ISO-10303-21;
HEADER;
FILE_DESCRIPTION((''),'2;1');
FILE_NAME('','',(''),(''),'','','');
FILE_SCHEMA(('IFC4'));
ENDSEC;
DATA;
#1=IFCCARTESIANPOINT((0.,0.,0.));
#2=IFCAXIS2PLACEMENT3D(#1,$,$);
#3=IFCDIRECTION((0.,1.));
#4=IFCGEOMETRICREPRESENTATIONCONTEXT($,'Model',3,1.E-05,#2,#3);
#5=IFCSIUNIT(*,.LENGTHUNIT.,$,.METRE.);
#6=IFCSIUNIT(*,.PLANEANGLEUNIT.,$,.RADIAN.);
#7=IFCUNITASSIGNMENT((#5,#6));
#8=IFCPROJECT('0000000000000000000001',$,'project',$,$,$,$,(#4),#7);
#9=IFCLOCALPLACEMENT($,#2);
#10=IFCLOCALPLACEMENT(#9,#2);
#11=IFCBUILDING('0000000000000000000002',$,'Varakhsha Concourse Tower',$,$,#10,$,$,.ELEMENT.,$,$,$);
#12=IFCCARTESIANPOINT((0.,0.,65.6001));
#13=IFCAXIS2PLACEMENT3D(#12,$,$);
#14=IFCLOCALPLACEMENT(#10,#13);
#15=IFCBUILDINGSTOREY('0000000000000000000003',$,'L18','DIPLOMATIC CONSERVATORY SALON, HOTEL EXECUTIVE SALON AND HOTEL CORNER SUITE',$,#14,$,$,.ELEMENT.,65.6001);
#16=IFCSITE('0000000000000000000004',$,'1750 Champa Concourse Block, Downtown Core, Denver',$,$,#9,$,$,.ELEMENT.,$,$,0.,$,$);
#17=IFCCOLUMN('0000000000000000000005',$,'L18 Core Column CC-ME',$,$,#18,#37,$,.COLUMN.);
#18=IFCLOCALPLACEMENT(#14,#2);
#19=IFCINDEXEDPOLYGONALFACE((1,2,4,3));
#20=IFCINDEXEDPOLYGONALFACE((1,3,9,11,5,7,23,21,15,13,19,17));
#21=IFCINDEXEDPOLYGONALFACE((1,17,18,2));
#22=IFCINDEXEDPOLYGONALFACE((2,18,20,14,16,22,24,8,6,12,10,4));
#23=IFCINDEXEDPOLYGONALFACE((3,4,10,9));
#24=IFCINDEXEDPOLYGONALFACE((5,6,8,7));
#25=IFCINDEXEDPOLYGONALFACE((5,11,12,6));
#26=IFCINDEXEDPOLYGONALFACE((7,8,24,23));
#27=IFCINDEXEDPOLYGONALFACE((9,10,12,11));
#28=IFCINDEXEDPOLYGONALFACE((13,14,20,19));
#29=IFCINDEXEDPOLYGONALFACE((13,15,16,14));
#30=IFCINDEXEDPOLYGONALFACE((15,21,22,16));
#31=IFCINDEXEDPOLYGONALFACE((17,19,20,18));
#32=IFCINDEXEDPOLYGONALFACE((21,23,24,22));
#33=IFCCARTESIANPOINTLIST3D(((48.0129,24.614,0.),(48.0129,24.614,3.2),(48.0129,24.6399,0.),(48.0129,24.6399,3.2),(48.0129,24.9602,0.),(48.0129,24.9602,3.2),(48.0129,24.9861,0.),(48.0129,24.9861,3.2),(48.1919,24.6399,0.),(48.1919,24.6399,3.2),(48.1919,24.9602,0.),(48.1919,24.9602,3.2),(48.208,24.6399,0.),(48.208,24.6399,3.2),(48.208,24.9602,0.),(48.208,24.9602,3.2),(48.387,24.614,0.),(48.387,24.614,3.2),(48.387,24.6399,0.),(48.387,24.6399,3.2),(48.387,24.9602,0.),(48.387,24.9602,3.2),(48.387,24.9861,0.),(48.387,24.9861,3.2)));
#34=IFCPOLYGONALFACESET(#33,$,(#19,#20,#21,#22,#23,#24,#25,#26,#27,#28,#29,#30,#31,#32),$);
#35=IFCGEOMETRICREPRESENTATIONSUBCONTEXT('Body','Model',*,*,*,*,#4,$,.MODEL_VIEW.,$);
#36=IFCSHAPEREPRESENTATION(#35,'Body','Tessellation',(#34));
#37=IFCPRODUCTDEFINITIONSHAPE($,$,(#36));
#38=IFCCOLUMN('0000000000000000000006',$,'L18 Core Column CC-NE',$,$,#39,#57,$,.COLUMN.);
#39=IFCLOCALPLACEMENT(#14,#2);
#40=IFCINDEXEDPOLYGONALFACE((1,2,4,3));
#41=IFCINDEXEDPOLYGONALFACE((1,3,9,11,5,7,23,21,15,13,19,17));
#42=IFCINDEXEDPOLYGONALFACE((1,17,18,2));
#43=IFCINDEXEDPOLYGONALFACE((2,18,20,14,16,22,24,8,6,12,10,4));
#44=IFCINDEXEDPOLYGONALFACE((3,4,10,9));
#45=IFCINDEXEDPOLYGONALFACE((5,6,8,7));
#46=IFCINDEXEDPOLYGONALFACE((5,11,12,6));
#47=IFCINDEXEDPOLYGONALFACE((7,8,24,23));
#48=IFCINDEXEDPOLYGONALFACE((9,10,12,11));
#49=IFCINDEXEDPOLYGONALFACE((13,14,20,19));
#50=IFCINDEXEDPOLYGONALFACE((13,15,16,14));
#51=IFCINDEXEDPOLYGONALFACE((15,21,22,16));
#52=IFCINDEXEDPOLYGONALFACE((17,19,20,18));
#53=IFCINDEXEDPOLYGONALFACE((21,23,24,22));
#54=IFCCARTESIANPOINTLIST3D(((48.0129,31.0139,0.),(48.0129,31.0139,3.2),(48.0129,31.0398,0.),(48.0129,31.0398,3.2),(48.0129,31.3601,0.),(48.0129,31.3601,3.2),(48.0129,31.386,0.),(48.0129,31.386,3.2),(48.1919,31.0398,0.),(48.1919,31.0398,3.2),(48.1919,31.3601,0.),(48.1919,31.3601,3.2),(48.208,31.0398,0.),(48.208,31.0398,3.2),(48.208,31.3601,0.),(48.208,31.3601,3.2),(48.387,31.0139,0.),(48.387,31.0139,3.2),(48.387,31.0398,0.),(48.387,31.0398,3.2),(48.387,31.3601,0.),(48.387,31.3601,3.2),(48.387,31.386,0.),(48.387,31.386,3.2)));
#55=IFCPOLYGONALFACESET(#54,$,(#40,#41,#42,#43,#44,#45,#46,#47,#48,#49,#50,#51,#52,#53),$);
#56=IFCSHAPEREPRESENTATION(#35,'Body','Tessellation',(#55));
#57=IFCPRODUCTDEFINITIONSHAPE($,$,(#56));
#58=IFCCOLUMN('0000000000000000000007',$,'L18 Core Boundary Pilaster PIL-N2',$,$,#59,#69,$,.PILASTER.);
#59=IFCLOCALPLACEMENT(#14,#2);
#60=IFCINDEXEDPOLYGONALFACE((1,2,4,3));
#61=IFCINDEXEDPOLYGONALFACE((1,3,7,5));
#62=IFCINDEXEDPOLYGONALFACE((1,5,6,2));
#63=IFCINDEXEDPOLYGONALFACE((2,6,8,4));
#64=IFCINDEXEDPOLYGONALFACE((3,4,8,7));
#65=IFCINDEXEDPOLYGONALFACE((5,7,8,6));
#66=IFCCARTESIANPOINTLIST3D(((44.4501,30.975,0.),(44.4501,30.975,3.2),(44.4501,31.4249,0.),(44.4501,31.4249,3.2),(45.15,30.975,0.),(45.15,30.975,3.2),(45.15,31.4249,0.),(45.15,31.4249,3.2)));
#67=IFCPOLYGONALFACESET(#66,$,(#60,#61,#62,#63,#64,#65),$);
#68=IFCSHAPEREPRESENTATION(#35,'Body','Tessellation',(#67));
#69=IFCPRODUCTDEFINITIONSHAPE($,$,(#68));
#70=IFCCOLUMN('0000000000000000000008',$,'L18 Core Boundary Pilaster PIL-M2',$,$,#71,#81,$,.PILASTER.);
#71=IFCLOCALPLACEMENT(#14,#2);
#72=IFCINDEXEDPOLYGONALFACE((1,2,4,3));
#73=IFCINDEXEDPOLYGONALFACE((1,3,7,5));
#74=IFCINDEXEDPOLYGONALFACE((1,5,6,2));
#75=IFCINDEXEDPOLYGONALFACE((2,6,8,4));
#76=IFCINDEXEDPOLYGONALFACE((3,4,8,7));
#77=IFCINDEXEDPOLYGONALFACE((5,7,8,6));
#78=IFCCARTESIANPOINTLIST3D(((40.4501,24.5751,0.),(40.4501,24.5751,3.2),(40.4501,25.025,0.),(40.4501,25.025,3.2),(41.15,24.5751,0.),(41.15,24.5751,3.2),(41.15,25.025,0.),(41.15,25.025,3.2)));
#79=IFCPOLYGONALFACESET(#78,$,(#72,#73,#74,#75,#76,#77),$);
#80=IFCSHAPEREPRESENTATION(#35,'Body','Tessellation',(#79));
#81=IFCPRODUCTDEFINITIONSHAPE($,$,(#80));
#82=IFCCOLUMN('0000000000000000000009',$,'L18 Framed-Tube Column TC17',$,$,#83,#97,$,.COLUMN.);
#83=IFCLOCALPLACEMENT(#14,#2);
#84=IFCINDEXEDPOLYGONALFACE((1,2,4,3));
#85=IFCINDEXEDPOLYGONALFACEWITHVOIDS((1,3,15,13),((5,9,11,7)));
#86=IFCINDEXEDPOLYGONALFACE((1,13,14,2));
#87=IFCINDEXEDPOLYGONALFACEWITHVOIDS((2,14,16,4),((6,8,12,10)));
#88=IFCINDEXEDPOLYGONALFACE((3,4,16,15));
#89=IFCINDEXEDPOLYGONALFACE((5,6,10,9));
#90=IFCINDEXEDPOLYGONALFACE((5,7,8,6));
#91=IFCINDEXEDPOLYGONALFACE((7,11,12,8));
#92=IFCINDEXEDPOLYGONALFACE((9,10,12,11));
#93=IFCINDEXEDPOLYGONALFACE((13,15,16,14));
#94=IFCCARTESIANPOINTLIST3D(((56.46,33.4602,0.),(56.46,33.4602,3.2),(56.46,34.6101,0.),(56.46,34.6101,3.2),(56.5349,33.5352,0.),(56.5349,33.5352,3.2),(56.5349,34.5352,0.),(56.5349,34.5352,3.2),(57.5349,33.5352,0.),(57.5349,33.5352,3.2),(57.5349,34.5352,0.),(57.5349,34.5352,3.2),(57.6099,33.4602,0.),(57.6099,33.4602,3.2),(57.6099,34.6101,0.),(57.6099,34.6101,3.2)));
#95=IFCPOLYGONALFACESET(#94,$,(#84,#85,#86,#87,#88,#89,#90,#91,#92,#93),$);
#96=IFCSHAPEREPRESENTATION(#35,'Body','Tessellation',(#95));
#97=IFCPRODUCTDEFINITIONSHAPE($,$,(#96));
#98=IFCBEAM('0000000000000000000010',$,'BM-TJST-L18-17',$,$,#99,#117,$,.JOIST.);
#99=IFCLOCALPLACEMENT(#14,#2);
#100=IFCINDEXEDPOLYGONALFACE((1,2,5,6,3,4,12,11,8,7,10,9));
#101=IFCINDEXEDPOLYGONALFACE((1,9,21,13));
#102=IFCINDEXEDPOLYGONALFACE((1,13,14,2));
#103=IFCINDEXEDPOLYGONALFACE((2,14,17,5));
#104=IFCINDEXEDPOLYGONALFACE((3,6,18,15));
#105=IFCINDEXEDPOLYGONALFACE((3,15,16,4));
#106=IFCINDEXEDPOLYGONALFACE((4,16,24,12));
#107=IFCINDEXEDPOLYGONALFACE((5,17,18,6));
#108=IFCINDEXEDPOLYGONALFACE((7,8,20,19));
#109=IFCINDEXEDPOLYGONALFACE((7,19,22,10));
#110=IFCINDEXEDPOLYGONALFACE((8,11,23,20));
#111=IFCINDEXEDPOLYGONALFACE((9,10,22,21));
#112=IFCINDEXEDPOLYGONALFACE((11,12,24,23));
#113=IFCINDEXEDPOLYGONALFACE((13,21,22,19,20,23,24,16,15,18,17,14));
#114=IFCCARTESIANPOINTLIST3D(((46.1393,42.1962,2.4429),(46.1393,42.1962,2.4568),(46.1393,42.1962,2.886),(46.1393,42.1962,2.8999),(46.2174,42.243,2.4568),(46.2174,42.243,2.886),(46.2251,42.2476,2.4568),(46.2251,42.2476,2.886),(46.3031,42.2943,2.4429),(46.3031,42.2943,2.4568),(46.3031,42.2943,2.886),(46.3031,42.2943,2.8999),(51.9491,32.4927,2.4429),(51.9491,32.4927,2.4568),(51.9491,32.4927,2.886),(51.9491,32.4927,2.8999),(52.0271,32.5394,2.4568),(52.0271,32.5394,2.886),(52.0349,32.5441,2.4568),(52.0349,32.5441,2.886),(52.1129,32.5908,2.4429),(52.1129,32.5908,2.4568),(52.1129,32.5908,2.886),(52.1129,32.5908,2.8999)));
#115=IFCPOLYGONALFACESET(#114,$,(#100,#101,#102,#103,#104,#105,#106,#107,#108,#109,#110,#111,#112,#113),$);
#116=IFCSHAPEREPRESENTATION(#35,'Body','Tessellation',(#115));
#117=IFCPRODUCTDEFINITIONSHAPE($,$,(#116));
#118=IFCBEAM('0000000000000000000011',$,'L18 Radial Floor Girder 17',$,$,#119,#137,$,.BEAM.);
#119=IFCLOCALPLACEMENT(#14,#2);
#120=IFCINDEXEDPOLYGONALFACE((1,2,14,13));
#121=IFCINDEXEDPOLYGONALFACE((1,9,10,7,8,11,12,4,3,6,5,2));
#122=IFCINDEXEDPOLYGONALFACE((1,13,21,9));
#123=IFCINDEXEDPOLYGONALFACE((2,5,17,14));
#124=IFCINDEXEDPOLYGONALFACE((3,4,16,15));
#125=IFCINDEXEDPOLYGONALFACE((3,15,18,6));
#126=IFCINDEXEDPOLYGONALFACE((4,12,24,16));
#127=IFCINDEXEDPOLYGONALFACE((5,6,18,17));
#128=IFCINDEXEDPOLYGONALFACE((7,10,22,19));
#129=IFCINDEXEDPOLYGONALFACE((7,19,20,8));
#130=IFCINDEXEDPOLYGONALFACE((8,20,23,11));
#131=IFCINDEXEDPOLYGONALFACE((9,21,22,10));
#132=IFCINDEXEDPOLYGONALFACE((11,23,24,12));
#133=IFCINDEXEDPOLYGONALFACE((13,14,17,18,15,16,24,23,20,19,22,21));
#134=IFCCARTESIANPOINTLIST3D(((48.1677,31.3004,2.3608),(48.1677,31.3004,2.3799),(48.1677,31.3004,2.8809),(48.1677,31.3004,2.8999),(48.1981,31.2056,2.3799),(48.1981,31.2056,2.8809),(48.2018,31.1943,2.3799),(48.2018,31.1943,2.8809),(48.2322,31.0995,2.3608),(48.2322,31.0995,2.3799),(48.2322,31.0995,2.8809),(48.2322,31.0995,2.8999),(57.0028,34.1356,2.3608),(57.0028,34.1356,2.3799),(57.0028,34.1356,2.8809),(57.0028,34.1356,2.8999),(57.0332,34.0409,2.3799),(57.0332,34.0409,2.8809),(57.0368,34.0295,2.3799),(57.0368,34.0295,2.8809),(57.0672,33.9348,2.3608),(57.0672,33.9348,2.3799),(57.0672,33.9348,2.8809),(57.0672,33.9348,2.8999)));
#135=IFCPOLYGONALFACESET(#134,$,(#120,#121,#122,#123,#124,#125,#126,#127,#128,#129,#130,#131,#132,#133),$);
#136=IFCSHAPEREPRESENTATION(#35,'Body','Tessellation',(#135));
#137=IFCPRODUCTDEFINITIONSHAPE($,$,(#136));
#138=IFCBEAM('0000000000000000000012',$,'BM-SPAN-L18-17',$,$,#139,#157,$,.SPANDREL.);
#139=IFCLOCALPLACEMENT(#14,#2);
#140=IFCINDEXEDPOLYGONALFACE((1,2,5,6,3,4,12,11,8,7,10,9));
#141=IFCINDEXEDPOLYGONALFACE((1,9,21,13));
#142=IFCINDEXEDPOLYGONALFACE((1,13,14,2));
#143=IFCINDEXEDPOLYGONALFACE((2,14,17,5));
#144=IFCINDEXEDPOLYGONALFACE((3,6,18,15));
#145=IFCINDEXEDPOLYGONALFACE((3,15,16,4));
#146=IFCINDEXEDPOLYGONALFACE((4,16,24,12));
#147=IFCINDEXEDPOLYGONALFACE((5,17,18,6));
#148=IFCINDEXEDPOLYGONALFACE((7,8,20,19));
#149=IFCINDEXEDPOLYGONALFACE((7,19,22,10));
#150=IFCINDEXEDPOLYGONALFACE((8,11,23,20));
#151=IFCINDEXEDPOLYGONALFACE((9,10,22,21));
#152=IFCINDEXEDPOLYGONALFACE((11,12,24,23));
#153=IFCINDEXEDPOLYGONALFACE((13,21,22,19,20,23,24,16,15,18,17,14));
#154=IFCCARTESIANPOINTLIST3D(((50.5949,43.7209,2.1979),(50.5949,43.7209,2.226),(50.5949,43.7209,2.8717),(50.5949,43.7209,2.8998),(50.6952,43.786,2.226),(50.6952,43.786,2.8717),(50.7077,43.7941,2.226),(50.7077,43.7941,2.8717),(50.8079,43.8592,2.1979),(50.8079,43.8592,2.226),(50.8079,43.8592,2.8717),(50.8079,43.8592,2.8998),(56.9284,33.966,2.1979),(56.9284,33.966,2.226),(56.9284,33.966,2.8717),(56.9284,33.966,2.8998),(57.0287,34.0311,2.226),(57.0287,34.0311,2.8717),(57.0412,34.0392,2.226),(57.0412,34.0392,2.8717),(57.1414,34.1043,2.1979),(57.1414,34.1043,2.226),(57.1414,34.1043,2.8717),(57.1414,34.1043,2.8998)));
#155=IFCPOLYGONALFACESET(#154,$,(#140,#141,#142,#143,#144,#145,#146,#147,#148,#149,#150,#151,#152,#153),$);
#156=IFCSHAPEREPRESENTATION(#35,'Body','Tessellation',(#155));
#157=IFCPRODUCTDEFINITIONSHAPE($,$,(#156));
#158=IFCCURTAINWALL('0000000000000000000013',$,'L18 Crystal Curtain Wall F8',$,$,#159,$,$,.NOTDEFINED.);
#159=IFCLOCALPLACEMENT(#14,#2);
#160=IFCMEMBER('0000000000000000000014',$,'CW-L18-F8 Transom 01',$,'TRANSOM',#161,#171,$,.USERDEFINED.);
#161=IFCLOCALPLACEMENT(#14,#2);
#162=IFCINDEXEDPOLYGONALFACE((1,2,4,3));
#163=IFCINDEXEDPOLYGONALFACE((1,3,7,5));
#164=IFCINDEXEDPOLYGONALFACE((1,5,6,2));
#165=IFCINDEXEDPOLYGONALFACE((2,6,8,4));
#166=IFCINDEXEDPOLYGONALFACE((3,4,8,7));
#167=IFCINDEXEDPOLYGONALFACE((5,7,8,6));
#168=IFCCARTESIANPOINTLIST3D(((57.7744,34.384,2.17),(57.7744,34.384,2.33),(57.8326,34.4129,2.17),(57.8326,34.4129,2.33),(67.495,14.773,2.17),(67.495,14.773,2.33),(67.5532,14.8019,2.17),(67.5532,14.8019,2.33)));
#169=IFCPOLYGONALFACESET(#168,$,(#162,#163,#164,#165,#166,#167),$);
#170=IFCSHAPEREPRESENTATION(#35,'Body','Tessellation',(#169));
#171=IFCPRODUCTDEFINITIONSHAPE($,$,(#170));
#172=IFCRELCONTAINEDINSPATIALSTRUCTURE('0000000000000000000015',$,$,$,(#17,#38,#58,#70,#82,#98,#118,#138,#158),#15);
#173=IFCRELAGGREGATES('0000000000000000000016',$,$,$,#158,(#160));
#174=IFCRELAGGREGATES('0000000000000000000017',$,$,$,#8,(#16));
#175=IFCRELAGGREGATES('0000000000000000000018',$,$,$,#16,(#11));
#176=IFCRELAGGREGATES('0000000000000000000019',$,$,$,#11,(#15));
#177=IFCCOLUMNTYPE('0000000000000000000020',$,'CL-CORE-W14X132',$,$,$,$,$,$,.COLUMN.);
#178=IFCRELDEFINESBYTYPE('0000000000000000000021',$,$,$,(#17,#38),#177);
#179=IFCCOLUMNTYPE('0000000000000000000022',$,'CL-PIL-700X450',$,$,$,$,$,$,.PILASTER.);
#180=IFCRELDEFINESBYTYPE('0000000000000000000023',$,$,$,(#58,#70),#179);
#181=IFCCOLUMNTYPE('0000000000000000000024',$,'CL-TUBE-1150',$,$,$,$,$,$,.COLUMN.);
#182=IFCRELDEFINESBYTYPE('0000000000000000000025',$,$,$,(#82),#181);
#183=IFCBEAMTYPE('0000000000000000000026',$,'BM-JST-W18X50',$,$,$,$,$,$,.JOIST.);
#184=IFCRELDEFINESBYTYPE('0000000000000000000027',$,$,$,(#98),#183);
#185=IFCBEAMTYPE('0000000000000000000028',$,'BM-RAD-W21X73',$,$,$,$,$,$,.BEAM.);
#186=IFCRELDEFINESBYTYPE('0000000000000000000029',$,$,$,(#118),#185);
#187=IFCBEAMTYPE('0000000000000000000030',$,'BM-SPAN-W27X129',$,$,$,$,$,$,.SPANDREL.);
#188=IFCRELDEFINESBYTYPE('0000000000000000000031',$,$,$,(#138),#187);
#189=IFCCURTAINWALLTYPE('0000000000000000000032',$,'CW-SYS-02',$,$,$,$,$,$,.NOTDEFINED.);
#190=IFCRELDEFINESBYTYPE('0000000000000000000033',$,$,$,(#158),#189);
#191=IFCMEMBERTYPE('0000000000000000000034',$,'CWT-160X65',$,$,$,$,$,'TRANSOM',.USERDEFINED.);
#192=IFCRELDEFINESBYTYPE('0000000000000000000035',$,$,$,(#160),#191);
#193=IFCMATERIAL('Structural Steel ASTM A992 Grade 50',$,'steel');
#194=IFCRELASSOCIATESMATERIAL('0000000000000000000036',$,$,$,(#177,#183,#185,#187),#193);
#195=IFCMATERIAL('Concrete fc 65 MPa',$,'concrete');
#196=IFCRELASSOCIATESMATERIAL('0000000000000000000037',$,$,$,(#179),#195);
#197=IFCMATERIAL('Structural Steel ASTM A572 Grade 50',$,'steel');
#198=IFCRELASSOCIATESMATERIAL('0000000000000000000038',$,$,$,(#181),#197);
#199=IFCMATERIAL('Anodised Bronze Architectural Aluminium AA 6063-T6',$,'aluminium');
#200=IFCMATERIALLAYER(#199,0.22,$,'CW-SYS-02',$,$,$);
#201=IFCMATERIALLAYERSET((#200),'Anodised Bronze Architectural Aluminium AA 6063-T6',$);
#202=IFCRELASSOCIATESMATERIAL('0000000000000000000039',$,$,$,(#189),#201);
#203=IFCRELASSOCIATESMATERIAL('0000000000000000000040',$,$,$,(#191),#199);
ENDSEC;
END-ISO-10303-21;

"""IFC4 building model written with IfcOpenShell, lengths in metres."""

from ifc_helpers import new_model, si_unit, direction, frame, origin, origin_2d, place, context, subcontext, project, spatial, rectangle, hollow_rectangle, i_section, extrude, source, transform, mapped, material, layer, layer_set, material_profile, profile_set, type_object, type_shapes, element, aggregate, save


model = new_model("IFC4")

# Units and contexts
model_context = context("Model", 3, precision=1e-05, world=origin(), true_north=direction((0.0, 1.0)))
body_context = subcontext(model_context, "Body", "Model", "MODEL_VIEW")
ifc_project = project(units=[si_unit("LENGTHUNIT", "METRE"), si_unit("PLANEANGLEUNIT", "RADIAN")], contexts=[model_context])

# Site, building, storey
site_placement = place(None, origin())
site = spatial("IfcSite", under=ifc_project, at=site_placement, Name="1750 Champa Concourse Block, Downtown Core, Denver", CompositionType="ELEMENT", RefElevation=0.0)
building_placement = place(site_placement, origin())
building = spatial("IfcBuilding", under=site, at=building_placement, Name="Varakhsha Concourse Tower", CompositionType="ELEMENT")
storey_placement = place(building_placement, frame((0.0, 0.0, 65.6001)))
storey = spatial("IfcBuildingStorey", under=building, at=storey_placement, Name="L18", Description="DIPLOMATIC CONSERVATORY SALON, HOTEL EXECUTIVE SALON AND HOTEL CORNER SUITE", CompositionType="ELEMENT", Elevation=65.6001)

# Columns
ifc_material_1 = material(Name="Structural Steel ASTM A992 Grade 50", Category="steel")
ifc_material_profile_1 = material_profile(ifc_material_1, i_section(OverallWidth=0.374, OverallDepth=0.3721, WebThickness=0.0161, FlangeThickness=0.0259, at=origin_2d()), Name="W14X132")
ifc_profile_set_1 = profile_set([ifc_material_profile_1], Name="Structural Steel ASTM A992 Grade 50")
column_type_1 = type_object("IfcColumnType", Name="CL-CORE-W14X132", PredefinedType="COLUMN", material=ifc_profile_set_1)
for number, where, z_axis, x_axis, name in (
    (1, (48.2, 24.8, 0.0), (0.0, 0.0, 1.0), (1.0, 0.0, 0.0), "L18 Core Column CC-ME"),
    (2, (48.2, 31.2, 0.0), (0.0, 0.0, 1.0), (1.0, 0.0, 0.0), "L18 Core Column CC-NE"),
):
    element("IfcColumn", number, at=place(storey_placement, frame(where, z_axis=z_axis, x_axis=x_axis)), inside=storey, type_object=column_type_1, Name=name, PredefinedType="COLUMN", context=body_context, shape_type="SweptSolid", body=[
        extrude(i_section(OverallWidth=0.374, OverallDepth=0.3721, WebThickness=0.0161, FlangeThickness=0.0259, at=origin_2d()), origin(), (0.0, 0.0, 1.0), 3.2),
    ])
ifc_material_2 = material(Name="Concrete fc 65 MPa", Category="concrete")
ifc_material_profile_2 = material_profile(ifc_material_2, rectangle(XDim=0.7, YDim=0.45, at=origin_2d()), Name="RC 700x450")
ifc_profile_set_2 = profile_set([ifc_material_profile_2], Name="Concrete fc 65 MPa")
column_type_2 = type_object("IfcColumnType", Name="CL-PIL-700X450", PredefinedType="PILASTER", material=ifc_profile_set_2)
for number, where, z_axis, x_axis, name in (
    (3, (44.8, 31.2, 0.0), (0.0, 0.0, 1.0), (1.0, 0.0, 0.0), "L18 Core Boundary Pilaster PIL-N2"),
    (4, (40.8, 24.8, 0.0), (0.0, 0.0, 1.0), (1.0, 0.0, 0.0), "L18 Core Boundary Pilaster PIL-M2"),
):
    element("IfcColumn", number, at=place(storey_placement, frame(where, z_axis=z_axis, x_axis=x_axis)), inside=storey, type_object=column_type_2, Name=name, PredefinedType="PILASTER", context=body_context, shape_type="SweptSolid", body=[
        extrude(rectangle(XDim=0.7, YDim=0.45, at=origin_2d()), origin(), (0.0, 0.0, 1.0), 3.2),
    ])
ifc_material_3 = material(Name="Structural Steel ASTM A572 Grade 50", Category="steel")
ifc_material_profile_3 = material_profile(ifc_material_3, hollow_rectangle(XDim=1.1499, YDim=1.1499, WallThickness=0.075, at=origin_2d()), Name="BOX 1150x1150x75")
ifc_profile_set_3 = profile_set([ifc_material_profile_3], Name="Structural Steel ASTM A572 Grade 50")
column_type_3 = type_object("IfcColumnType", Name="CL-TUBE-1150", PredefinedType="COLUMN", material=ifc_profile_set_3)
column_placement = place(storey_placement, frame((57.0349, 34.0352, 0.0), z_axis=(0.0, 0.0, 1.0), x_axis=(1.0, 0.0, 0.0)))
element("IfcColumn", 5, at=column_placement, inside=storey, type_object=column_type_3, Name="L18 Framed-Tube Column TC17", PredefinedType="COLUMN", context=body_context, shape_type="SweptSolid", body=[
    extrude(hollow_rectangle(XDim=1.1499, YDim=1.1499, WallThickness=0.075, at=origin_2d()), origin(), (0.0, 0.0, 1.0), 3.2),
])

# Beams
ifc_material_profile_4 = material_profile(ifc_material_1, i_section(OverallWidth=0.1909, OverallDepth=0.457, WebThickness=0.009, FlangeThickness=0.0139, at=origin_2d()), Name="W18X50")
ifc_profile_set_4 = profile_set([ifc_material_profile_4], Name="Structural Steel ASTM A992 Grade 50")
beam_type_1 = type_object("IfcBeamType", Name="BM-JST-W18X50", PredefinedType="JOIST", material=ifc_profile_set_4)
beam_1_placement = place(storey_placement, frame((52.031, 32.5417, 2.6714), z_axis=(-0.513692, 0.857974, 0.0), x_axis=(-0.857974, -0.513692, 0.0)))
element("IfcBeam", 6, at=beam_1_placement, inside=storey, type_object=beam_type_1, Name="BM-TJST-L18-17", PredefinedType="JOIST", context=body_context, shape_type="SweptSolid", body=[
    extrude(i_section(OverallWidth=0.1909, OverallDepth=0.457, WebThickness=0.009, FlangeThickness=0.0139, at=origin_2d()), origin(), (0.0, 0.0, 1.0), 11.3098),
])
ifc_material_profile_5 = material_profile(ifc_material_1, i_section(OverallWidth=0.2109, OverallDepth=0.5391, WebThickness=0.012, FlangeThickness=0.019, at=origin_2d()), Name="W21X73")
ifc_profile_set_5 = profile_set([ifc_material_profile_5], Name="Structural Steel ASTM A992 Grade 50")
beam_type_2 = type_object("IfcBeamType", Name="BM-RAD-W21X73", PredefinedType="BEAM", material=ifc_profile_set_5)
beam_2_placement = place(storey_placement, frame((48.2, 31.2, 2.6304), z_axis=(0.952173, 0.305559, 0.0), x_axis=(-0.305559, 0.952173, 0.0)))
element("IfcBeam", 7, at=beam_2_placement, inside=storey, type_object=beam_type_2, Name="L18 Radial Floor Girder 17", PredefinedType="BEAM", context=body_context, shape_type="SweptSolid", body=[
    extrude(i_section(OverallWidth=0.2109, OverallDepth=0.5391, WebThickness=0.012, FlangeThickness=0.019, at=origin_2d()), origin(), (0.0, 0.0, 1.0), 9.2788),
])
ifc_material_profile_6 = material_profile(ifc_material_1, i_section(OverallWidth=0.2539, OverallDepth=0.7019, WebThickness=0.0149, FlangeThickness=0.0281, at=origin_2d()), Name="W27X129")
ifc_profile_set_6 = profile_set([ifc_material_profile_6], Name="Structural Steel ASTM A992 Grade 50")
beam_type_3 = type_object("IfcBeamType", Name="BM-SPAN-W27X129", PredefinedType="SPANDREL", material=ifc_profile_set_6)
beam_3_placement = place(storey_placement, frame((57.0349, 34.0352, 2.5488), z_axis=(-0.544554, 0.838726, 0.0), x_axis=(-0.838726, -0.544554, 0.0)))
element("IfcBeam", 8, at=beam_3_placement, inside=storey, type_object=beam_type_3, Name="BM-SPAN-L18-17", PredefinedType="SPANDREL", context=body_context, shape_type="SweptSolid", body=[
    extrude(i_section(OverallWidth=0.2539, OverallDepth=0.7019, WebThickness=0.0149, FlangeThickness=0.0281, at=origin_2d()), origin(), (0.0, 0.0, 1.0), 11.6306),
])

# Curtain wall, member
ifc_material_4 = material(Name="Anodised Bronze Architectural Aluminium AA 6063-T6", Category="aluminium")
ifc_layer_1 = layer(ifc_material_4, 0.22, Name="CW-SYS-02")
ifc_layer_set_1 = layer_set([ifc_layer_1], Name="Anodised Bronze Architectural Aluminium AA 6063-T6")
curtain_wall_type = type_object("IfcCurtainWallType", Name="CW-SYS-02", PredefinedType="NOTDEFINED", material=ifc_layer_set_1)
curtain_wall_1_placement = place(storey_placement, origin())
curtain_wall_1 = element("IfcCurtainWall", 9, at=curtain_wall_1_placement, inside=storey, type_object=curtain_wall_type, Name="L18 Crystal Curtain Wall F8", PredefinedType="NOTDEFINED")
ifc_material_profile_7 = material_profile(ifc_material_4, rectangle(XDim=0.0649, YDim=0.1599, at=origin_2d()), Name="CWT-160X65")
ifc_profile_set_7 = profile_set([ifc_material_profile_7], Name="Anodised Bronze Architectural Aluminium AA 6063-T6")
member_type_1 = type_object("IfcMemberType", Name="CWT-160X65", ElementType="TRANSOM", PredefinedType="USERDEFINED", material=ifc_profile_set_7)
shared_shape_1 = source(origin(), body_context, "Body", "SweptSolid", [
    extrude(rectangle(XDim=0.0649, YDim=0.1599, at=origin_2d()), origin(), (0.0, 0.0, 1.0), 21.8879),
])
type_shapes(member_type_1, [shared_shape_1])
member_1_placement = place(storey_placement, frame((57.8035, 34.3984, 2.25), z_axis=(0.44411, -0.895972, 0.0), x_axis=(0.895972, 0.44411, 0.0)))
member_1 = element("IfcMember", 10, at=member_1_placement, type_object=member_type_1, Name="CW-L18-F8 Transom 01", ObjectType="TRANSOM", PredefinedType="USERDEFINED", context=body_context, shape_type="MappedRepresentation", body=[
    mapped(shared_shape_1, transform((0.0, 0.0, 0.0), scale=1.0)),
])

aggregate(curtain_wall_1, [member_1])

save(model, "model.ifc")
